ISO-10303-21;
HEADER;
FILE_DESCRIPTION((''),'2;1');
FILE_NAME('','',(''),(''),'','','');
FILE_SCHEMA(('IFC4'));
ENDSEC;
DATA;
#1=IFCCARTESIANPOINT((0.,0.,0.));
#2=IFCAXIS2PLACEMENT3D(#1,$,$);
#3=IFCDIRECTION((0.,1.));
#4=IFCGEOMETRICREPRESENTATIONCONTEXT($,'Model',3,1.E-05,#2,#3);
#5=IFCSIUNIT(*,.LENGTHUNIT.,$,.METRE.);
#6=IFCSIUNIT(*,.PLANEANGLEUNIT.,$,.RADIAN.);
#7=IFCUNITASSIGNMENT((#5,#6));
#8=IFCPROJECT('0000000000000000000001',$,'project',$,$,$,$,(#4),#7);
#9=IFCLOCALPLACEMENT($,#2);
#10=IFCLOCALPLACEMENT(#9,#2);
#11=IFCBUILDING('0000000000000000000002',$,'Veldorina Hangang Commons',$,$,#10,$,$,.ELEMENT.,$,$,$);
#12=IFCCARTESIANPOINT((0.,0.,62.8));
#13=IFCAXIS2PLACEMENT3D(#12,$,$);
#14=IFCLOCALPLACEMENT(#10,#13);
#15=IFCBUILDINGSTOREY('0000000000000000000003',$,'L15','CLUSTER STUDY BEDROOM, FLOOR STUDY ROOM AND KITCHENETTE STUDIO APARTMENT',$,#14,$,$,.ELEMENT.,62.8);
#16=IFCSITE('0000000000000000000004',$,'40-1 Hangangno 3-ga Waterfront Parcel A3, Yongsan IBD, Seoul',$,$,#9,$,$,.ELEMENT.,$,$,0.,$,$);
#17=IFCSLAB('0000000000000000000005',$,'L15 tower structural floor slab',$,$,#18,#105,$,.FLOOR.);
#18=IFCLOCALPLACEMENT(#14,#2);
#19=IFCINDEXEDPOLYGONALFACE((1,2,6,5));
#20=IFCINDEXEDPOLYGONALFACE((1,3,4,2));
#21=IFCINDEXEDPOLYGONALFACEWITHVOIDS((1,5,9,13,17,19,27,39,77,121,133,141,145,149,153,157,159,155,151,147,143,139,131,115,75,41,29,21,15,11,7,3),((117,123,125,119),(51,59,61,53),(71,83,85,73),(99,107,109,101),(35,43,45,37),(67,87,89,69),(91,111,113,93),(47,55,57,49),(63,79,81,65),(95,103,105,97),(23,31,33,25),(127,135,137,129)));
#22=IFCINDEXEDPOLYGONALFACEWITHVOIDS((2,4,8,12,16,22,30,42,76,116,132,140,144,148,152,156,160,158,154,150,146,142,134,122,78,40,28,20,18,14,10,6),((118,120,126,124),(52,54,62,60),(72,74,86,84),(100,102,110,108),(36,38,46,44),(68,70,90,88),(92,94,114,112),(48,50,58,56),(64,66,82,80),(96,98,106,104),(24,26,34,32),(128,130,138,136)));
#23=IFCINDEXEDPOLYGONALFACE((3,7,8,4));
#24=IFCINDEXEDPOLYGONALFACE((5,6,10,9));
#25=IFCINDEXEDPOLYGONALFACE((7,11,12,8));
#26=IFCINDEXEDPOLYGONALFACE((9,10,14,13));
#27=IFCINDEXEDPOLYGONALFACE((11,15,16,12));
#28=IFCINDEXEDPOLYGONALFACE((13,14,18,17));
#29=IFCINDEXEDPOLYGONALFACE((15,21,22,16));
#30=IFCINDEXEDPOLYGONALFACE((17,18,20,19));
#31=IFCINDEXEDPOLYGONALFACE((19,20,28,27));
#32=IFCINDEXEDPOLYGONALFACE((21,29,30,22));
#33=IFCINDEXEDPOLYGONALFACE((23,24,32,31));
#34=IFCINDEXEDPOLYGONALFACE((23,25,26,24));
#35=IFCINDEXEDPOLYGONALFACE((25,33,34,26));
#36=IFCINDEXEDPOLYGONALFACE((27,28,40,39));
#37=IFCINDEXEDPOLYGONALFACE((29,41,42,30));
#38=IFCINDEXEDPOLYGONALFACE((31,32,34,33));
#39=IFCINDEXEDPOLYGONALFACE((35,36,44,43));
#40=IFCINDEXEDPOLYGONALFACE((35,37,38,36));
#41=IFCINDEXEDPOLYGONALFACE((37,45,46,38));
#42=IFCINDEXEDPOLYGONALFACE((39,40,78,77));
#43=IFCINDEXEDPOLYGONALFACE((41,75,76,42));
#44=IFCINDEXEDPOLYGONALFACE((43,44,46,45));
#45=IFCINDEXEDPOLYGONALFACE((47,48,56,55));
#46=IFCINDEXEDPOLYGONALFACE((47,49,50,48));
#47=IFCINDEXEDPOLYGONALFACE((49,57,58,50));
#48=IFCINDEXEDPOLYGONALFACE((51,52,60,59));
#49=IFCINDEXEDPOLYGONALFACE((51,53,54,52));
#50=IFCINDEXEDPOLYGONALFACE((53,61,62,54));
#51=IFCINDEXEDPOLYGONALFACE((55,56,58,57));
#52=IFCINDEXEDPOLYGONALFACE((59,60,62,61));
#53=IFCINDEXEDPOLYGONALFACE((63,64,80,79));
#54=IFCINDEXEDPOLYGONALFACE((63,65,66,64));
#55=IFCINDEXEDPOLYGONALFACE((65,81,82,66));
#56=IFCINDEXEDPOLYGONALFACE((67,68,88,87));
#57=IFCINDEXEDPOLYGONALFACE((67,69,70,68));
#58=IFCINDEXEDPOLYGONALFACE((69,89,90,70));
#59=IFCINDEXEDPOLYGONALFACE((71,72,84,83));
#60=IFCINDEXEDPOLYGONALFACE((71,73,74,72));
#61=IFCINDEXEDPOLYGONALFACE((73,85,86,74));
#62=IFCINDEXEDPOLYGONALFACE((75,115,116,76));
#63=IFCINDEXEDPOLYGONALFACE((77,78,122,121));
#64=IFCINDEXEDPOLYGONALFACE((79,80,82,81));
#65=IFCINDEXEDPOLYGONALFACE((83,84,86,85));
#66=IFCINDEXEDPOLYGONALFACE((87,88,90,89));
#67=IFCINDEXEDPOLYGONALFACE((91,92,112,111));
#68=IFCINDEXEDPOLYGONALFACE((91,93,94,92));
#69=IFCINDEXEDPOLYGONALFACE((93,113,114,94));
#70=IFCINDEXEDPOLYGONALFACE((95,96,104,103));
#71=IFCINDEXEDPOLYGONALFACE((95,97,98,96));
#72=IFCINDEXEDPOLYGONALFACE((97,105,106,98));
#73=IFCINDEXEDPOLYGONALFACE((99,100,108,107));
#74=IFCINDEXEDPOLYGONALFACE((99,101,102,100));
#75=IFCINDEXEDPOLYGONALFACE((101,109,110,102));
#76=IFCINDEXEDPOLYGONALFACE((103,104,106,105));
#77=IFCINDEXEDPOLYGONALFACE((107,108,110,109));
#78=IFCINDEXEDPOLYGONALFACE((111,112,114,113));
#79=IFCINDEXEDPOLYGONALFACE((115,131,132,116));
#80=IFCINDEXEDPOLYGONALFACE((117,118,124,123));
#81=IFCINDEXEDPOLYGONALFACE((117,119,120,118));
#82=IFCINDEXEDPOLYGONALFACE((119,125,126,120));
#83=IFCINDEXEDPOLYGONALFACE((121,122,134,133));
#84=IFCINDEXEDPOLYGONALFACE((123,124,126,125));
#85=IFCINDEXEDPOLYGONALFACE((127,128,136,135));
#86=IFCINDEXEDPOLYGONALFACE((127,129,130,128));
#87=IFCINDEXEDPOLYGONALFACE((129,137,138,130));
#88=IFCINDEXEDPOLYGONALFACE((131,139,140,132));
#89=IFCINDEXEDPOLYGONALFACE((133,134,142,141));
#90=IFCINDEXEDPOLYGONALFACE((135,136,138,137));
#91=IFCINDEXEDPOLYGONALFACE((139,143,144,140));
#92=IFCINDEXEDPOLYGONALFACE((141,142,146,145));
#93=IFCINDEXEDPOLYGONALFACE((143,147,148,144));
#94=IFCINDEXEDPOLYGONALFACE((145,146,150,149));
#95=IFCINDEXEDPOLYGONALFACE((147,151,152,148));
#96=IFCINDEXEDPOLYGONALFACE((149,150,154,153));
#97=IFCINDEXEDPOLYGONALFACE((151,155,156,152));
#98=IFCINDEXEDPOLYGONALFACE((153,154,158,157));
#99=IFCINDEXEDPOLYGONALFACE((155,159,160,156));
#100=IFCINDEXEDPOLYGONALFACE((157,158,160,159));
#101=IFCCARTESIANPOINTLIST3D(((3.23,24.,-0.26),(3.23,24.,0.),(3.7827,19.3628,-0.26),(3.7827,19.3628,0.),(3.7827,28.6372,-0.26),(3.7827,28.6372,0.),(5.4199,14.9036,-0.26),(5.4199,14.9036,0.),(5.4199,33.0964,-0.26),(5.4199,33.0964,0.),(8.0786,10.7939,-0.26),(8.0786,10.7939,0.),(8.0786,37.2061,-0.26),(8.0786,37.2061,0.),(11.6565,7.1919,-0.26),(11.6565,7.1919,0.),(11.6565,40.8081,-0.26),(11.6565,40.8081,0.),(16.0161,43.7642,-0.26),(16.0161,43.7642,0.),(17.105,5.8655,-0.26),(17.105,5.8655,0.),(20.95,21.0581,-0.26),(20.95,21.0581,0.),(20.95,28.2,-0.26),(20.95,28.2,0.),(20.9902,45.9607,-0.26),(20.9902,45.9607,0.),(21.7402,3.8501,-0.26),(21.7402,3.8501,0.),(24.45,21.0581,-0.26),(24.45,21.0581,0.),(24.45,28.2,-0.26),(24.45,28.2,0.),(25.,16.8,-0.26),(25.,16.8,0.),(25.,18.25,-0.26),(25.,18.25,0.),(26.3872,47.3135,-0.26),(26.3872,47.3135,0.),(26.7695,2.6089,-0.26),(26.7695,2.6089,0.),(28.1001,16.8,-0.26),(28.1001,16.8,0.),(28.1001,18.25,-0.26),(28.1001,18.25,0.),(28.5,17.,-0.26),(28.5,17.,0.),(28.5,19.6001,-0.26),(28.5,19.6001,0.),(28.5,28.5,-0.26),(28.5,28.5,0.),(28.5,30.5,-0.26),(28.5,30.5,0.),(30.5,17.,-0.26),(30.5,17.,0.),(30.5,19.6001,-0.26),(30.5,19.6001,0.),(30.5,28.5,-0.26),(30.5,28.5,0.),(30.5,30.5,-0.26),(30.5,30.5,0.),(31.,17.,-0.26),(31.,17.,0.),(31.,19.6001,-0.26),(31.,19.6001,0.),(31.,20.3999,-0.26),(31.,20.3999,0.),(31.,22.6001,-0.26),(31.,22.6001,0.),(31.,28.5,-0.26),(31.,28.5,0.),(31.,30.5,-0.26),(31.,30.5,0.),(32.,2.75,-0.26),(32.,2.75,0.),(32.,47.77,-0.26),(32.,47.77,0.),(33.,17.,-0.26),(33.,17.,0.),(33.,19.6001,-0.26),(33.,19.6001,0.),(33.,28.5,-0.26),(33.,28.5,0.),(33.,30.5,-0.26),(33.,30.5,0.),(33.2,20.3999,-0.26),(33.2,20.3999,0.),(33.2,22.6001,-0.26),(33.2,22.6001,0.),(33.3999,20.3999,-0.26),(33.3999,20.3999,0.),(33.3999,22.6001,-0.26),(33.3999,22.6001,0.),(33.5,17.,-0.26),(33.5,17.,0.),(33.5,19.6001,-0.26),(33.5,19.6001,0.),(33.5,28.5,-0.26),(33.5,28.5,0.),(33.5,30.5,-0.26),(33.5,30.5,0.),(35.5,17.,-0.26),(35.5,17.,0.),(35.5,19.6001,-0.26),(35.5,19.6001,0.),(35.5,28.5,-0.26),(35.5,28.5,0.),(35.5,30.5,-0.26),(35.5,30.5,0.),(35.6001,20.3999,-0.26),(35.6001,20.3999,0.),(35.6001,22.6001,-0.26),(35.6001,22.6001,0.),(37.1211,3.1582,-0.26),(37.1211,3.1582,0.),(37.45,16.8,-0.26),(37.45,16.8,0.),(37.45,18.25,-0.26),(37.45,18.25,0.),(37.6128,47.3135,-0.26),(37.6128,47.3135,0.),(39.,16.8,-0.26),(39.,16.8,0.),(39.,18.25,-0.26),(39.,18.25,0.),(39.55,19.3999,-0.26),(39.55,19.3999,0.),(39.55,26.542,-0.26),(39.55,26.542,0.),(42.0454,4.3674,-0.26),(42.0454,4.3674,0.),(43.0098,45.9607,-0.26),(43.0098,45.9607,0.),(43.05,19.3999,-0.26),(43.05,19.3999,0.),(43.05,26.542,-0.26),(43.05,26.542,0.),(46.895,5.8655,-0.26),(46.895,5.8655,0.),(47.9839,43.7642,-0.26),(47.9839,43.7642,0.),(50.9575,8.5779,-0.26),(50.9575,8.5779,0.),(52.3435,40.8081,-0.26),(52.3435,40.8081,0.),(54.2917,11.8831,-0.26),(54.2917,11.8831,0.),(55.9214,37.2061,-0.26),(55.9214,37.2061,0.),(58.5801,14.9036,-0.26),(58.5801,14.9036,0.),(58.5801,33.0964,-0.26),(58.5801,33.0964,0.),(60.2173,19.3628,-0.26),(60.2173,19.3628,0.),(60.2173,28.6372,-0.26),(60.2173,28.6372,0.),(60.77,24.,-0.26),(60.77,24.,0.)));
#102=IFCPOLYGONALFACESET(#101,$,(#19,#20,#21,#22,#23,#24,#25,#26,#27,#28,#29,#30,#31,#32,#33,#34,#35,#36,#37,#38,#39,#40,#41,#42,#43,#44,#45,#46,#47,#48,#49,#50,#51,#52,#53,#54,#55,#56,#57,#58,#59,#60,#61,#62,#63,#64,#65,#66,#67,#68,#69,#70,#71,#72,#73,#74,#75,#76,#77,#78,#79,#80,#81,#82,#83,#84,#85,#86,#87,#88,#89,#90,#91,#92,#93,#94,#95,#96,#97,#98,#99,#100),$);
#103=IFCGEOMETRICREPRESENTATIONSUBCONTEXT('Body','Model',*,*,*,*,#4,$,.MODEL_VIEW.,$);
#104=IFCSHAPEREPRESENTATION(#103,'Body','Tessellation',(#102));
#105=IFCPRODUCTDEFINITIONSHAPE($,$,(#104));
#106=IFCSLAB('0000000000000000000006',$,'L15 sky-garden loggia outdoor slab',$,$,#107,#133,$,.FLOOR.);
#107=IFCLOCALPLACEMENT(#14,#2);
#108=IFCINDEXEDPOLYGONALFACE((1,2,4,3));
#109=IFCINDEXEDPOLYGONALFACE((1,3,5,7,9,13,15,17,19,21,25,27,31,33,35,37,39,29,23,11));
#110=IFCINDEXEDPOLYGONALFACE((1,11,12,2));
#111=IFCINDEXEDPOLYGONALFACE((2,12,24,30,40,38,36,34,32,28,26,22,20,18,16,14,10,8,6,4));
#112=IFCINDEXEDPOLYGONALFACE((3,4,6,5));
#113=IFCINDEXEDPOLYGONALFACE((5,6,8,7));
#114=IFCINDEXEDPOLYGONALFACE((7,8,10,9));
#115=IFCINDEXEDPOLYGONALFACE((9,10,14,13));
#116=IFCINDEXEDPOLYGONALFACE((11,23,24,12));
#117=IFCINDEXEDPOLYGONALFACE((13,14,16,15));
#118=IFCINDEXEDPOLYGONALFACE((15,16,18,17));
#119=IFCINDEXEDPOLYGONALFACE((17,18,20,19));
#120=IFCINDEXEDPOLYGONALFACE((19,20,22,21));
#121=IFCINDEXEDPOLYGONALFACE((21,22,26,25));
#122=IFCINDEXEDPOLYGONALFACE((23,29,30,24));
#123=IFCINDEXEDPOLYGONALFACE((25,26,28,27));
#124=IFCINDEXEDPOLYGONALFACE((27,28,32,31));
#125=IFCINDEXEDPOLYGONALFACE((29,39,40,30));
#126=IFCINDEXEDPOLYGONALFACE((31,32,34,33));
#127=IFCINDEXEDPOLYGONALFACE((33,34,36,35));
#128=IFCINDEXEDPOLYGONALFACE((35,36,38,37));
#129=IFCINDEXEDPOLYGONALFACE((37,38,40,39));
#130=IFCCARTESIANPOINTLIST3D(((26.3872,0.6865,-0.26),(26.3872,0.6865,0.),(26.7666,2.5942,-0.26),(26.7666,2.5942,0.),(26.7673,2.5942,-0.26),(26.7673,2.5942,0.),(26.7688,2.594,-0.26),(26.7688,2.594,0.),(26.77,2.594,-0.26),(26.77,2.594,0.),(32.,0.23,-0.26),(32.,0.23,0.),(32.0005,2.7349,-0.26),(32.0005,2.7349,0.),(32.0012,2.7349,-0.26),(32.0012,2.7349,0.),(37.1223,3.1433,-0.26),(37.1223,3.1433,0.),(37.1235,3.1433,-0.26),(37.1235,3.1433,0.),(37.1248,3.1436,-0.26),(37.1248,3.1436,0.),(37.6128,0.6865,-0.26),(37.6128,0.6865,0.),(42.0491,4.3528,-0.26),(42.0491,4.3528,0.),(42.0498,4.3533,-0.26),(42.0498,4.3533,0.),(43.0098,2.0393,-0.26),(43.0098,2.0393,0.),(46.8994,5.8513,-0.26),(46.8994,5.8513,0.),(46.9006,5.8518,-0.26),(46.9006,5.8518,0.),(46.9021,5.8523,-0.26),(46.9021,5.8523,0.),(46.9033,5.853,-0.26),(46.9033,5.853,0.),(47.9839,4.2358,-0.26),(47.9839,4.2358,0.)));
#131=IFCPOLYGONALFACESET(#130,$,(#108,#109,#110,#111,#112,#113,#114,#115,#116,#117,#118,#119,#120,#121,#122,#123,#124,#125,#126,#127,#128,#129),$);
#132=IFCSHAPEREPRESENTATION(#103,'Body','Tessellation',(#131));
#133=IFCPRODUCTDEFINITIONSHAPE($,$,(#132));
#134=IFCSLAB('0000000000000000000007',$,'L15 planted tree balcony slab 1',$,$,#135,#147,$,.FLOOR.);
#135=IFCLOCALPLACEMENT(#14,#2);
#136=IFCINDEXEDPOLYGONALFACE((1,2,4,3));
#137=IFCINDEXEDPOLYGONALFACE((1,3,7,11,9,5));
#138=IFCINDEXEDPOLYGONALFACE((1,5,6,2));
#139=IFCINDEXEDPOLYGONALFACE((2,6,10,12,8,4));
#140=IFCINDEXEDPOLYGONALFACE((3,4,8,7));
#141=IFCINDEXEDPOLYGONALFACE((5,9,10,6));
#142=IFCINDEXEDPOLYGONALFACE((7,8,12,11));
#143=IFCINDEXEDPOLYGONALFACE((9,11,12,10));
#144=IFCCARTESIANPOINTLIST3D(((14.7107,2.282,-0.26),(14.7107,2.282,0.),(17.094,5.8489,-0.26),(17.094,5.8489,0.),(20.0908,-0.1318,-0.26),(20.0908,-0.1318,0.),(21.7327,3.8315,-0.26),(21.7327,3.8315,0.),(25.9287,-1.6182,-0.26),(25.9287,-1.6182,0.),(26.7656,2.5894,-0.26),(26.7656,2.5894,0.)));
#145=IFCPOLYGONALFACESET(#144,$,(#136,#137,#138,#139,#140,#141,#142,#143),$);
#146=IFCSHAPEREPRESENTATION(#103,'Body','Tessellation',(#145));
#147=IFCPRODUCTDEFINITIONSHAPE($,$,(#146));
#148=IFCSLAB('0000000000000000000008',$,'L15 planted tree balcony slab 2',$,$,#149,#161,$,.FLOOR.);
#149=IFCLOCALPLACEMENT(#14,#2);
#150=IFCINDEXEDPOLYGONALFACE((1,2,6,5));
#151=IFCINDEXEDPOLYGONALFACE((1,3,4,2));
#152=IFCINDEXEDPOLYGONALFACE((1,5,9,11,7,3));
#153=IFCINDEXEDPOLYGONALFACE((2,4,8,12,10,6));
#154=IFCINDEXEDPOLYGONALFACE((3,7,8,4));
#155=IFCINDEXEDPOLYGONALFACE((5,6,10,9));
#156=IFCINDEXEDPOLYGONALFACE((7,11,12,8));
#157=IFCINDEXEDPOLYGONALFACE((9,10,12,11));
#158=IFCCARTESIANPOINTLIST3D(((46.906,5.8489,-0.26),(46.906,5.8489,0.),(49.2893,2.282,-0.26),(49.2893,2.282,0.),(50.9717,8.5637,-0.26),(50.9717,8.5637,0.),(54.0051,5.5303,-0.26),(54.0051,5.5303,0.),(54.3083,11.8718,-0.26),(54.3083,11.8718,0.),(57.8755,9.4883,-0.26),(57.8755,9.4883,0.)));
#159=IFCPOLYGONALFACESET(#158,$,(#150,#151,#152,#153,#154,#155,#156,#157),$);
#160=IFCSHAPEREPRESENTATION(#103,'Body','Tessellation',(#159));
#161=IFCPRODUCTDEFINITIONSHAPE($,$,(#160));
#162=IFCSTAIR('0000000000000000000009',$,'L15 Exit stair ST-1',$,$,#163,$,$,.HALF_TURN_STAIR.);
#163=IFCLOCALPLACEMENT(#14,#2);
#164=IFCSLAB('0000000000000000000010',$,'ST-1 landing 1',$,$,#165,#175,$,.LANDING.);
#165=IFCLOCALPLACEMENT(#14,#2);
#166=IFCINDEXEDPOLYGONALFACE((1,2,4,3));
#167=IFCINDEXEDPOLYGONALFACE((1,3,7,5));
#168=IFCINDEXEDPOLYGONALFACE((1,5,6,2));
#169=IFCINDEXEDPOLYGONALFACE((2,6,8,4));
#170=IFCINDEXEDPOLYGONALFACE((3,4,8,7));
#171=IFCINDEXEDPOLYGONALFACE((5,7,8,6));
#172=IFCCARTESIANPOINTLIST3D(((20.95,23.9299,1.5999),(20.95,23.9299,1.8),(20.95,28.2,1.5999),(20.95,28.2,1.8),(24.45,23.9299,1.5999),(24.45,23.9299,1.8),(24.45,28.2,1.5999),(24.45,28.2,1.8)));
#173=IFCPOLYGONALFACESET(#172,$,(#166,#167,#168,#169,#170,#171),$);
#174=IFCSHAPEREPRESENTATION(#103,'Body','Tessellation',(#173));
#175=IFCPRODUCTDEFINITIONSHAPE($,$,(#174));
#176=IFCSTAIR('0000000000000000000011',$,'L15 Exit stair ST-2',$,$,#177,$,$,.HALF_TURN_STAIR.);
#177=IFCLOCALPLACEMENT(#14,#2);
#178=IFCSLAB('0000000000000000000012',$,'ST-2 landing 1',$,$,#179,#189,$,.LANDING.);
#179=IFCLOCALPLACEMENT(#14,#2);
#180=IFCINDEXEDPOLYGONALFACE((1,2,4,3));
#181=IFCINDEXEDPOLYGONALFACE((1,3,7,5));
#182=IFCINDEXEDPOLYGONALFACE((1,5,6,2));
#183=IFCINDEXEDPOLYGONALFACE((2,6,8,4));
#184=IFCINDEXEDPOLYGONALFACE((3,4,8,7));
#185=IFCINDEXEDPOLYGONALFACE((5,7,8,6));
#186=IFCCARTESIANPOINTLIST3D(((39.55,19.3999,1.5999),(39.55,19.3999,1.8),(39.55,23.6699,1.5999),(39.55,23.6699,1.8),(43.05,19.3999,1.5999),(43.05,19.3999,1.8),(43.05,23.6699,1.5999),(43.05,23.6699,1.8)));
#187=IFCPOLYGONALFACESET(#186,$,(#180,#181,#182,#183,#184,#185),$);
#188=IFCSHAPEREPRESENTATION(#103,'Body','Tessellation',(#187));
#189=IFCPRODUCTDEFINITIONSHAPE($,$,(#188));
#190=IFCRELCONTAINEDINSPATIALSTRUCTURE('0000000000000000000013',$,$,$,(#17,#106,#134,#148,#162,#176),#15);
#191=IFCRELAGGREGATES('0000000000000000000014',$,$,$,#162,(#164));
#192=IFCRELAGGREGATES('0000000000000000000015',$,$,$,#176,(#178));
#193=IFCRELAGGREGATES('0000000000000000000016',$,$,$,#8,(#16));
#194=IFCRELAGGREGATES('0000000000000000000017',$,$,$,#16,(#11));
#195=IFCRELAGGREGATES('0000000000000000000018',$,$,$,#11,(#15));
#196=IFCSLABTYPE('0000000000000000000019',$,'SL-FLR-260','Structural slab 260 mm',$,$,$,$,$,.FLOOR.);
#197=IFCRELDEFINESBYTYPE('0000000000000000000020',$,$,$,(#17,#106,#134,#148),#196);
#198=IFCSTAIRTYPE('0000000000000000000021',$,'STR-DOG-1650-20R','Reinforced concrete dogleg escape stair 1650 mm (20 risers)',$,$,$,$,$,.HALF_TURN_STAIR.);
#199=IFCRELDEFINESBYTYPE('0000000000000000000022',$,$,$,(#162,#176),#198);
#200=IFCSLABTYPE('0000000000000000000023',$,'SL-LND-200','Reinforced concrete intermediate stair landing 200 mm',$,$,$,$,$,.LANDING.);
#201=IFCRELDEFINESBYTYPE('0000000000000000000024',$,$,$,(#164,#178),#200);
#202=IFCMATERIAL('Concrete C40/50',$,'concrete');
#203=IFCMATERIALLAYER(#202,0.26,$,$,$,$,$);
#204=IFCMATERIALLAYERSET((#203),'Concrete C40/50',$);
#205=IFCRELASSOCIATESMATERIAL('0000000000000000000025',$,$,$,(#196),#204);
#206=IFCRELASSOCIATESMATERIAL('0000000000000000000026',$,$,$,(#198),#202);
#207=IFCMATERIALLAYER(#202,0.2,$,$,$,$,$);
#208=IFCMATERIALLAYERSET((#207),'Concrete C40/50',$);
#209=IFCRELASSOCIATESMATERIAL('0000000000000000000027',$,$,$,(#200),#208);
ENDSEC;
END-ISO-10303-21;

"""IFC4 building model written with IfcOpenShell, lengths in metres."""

from ifc_helpers import new_model, si_unit, direction, frame, origin, place, context, subcontext, project, spatial, polyline, outline, extrude, material, layer, layer_set, type_object, element, aggregate, save


model = new_model("IFC4")

# Units and contexts
model_context = context("Model", 3, precision=1e-05, world=origin(), true_north=direction((0.0, 1.0)))
body_context = subcontext(model_context, "Body", "Model", "MODEL_VIEW")
ifc_project = project(units=[si_unit("LENGTHUNIT", "METRE"), si_unit("PLANEANGLEUNIT", "RADIAN")], contexts=[model_context])

# Site, building, storey
site_placement = place(None, origin())
site = spatial("IfcSite", under=ifc_project, at=site_placement, Name="40-1 Hangangno 3-ga Waterfront Parcel A3, Yongsan IBD, Seoul", CompositionType="ELEMENT", RefElevation=0.0)
building_placement = place(site_placement, origin())
building = spatial("IfcBuilding", under=site, at=building_placement, Name="Veldorina Hangang Commons", CompositionType="ELEMENT")
storey_placement = place(building_placement, frame((0.0, 0.0, 62.8)))
storey = spatial("IfcBuildingStorey", under=building, at=storey_placement, Name="L15", Description="CLUSTER STUDY BEDROOM, FLOOR STUDY ROOM AND KITCHENETTE STUDIO APARTMENT", CompositionType="ELEMENT", Elevation=62.8)

# Slabs
ifc_material_1 = material(Name="Concrete C40/50", Category="concrete")
ifc_layer_1 = layer(ifc_material_1, 0.26)
ifc_layer_set_1 = layer_set([ifc_layer_1], Name="Concrete C40/50")
slab_type_1 = type_object("IfcSlabType", Name="SL-FLR-260", Description="Structural slab 260 mm", PredefinedType="FLOOR", material=ifc_layer_set_1)
slab_1_placement = place(storey_placement, frame((0.0, 0.0, -0.26)))
element("IfcSlab", 1, at=slab_1_placement, inside=storey, type_object=slab_type_1, Name="L15 tower structural floor slab", PredefinedType="FLOOR", context=body_context, shape_type="SweptSolid", body=[
    extrude(outline(polyline([(60.77, 24.0), (60.2173, 28.6372), (58.5801, 33.0964), (55.9214, 37.2061), (52.3435, 40.8081), (47.9839, 43.7642), (43.0098, 45.9607), (37.6128, 47.3135), (32.0, 47.77), (26.3872, 47.3135), (20.9902, 45.9607), (16.0161, 43.7642), (11.6565, 40.8081), (8.0786, 37.2061), (5.4199, 33.0964), (3.7827, 28.6372), (3.23, 24.0), (3.7827, 19.3628), (5.4199, 14.9036), (8.0786, 10.7939), (11.6565, 7.1919), (17.105, 5.8655), (21.7402, 3.8501), (26.7695, 2.6089), (32.0, 2.75), (37.1211, 3.1582), (42.0454, 4.3674), (46.895, 5.8655), (50.9575, 8.5779), (54.2917, 11.8831), (58.5801, 14.9036), (60.2173, 19.3628), (60.77, 24.0)]), holes=[polyline([(20.95, 21.0581), (20.95, 28.2), (24.45, 28.2), (24.45, 21.0581), (20.95, 21.0581)]), polyline([(43.05, 26.542), (43.05, 19.3999), (39.55, 19.3999), (39.55, 26.542), (43.05, 26.542)]), polyline([(28.5, 30.5), (30.5, 30.5), (30.5, 28.5), (28.5, 28.5), (28.5, 30.5)]), polyline([(31.0, 30.5), (33.0, 30.5), (33.0, 28.5), (31.0, 28.5), (31.0, 30.5)]), polyline([(33.5, 30.5), (35.5, 30.5), (35.5, 28.5), (33.5, 28.5), (33.5, 30.5)]), polyline([(31.0, 22.6001), (33.2, 22.6001), (33.2, 20.3999), (31.0, 20.3999), (31.0, 22.6001)]), polyline([(33.3999, 22.6001), (35.6001, 22.6001), (35.6001, 20.3999), (33.3999, 20.3999), (33.3999, 22.6001)]), polyline([(28.5, 19.6001), (30.5, 19.6001), (30.5, 17.0), (28.5, 17.0), (28.5, 19.6001)]), polyline([(31.0, 19.6001), (33.0, 19.6001), (33.0, 17.0), (31.0, 17.0), (31.0, 19.6001)]), polyline([(33.5, 19.6001), (35.5, 19.6001), (35.5, 17.0), (33.5, 17.0), (33.5, 19.6001)]), polyline([(25.0, 18.25), (28.1001, 18.25), (28.1001, 16.8), (25.0, 16.8), (25.0, 18.25)]), polyline([(37.45, 18.25), (39.0, 18.25), (39.0, 16.8), (37.45, 16.8), (37.45, 18.25)])]), origin(), (0.0, 0.0, 1.0), 0.26),
])
slab_2_placement = place(storey_placement, frame((0.0, 0.0, -0.26)))
element("IfcSlab", 2, at=slab_2_placement, inside=storey, type_object=slab_type_1, Name="L15 sky-garden loggia outdoor slab", PredefinedType="FLOOR", context=body_context, shape_type="SweptSolid", body=[
    extrude(outline(polyline([(47.9839, 4.2358), (43.0098, 2.0393), (37.6128, 0.6865), (32.0, 0.23), (26.3872, 0.6865), (26.7666, 2.5942), (26.7673, 2.5942), (26.7688, 2.594), (26.77, 2.594), (32.0005, 2.7349), (32.0012, 2.7349), (37.1223, 3.1433), (37.1235, 3.1433), (37.1248, 3.1436), (42.0491, 4.3528), (42.0498, 4.3533), (46.8994, 5.8513), (46.9006, 5.8518), (46.9021, 5.8523), (46.9033, 5.853), (46.9033, 5.853), (47.9839, 4.2358)])), origin(), (0.0, 0.0, 1.0), 0.26),
])
slab_3_placement = place(storey_placement, frame((0.0, 0.0, -0.26)))
element("IfcSlab", 3, at=slab_3_placement, inside=storey, type_object=slab_type_1, Name="L15 planted tree balcony slab 1", PredefinedType="FLOOR", context=body_context, shape_type="SweptSolid", body=[
    extrude(outline(polyline([(21.7327, 3.8315), (26.7656, 2.5894), (25.9287, -1.6182), (20.0908, -0.1318), (14.7107, 2.282), (17.094, 5.8489), (21.7327, 3.8315)])), origin(), (0.0, 0.0, 1.0), 0.26),
])
slab_4_placement = place(storey_placement, frame((0.0, 0.0, -0.26)))
element("IfcSlab", 4, at=slab_4_placement, inside=storey, type_object=slab_type_1, Name="L15 planted tree balcony slab 2", PredefinedType="FLOOR", context=body_context, shape_type="SweptSolid", body=[
    extrude(outline(polyline([(50.9717, 8.5637), (54.3083, 11.8718), (57.8755, 9.4883), (54.0051, 5.5303), (49.2893, 2.282), (46.906, 5.8489), (50.9717, 8.5637)])), origin(), (0.0, 0.0, 1.0), 0.26),
])

# Stairs, slabs
stair_type = type_object("IfcStairType", Name="STR-DOG-1650-20R", Description="Reinforced concrete dogleg escape stair 1650 mm (20 risers)", PredefinedType="HALF_TURN_STAIR", material=ifc_material_1)
stair_1_placement = place(storey_placement, origin())
stair_1 = element("IfcStair", 5, at=stair_1_placement, inside=storey, type_object=stair_type, Name="L15 Exit stair ST-1", PredefinedType="HALF_TURN_STAIR")
ifc_layer_2 = layer(ifc_material_1, 0.2)
ifc_layer_set_2 = layer_set([ifc_layer_2], Name="Concrete C40/50")
slab_type_2 = type_object("IfcSlabType", Name="SL-LND-200", Description="Reinforced concrete intermediate stair landing 200 mm", PredefinedType="LANDING", material=ifc_layer_set_2)
slab_5_placement = place(storey_placement, frame((0.0, 0.0, 1.5999)))
slab_5 = element("IfcSlab", 6, at=slab_5_placement, type_object=slab_type_2, Name="ST-1 landing 1", PredefinedType="LANDING", context=body_context, shape_type="SweptSolid", body=[
    extrude(outline(polyline([(24.45, 23.9299), (24.45, 28.2), (20.95, 28.2), (20.95, 23.9299), (24.45, 23.9299)])), origin(), (0.0, 0.0, 1.0), 0.2002),
])
aggregate(stair_1, [slab_5])
stair_2_placement = place(storey_placement, origin())
stair_2 = element("IfcStair", 7, at=stair_2_placement, inside=storey, type_object=stair_type, Name="L15 Exit stair ST-2", PredefinedType="HALF_TURN_STAIR")
slab_6_placement = place(storey_placement, frame((0.0, 0.0, 1.5999)))
slab_6 = element("IfcSlab", 8, at=slab_6_placement, type_object=slab_type_2, Name="ST-2 landing 1", PredefinedType="LANDING", context=body_context, shape_type="SweptSolid", body=[
    extrude(outline(polyline([(39.55, 23.6699), (39.55, 19.3999), (43.05, 19.3999), (43.05, 23.6699), (39.55, 23.6699)])), origin(), (0.0, 0.0, 1.0), 0.2002),
])
aggregate(stair_2, [slab_6])

save(model, "model.ifc")
